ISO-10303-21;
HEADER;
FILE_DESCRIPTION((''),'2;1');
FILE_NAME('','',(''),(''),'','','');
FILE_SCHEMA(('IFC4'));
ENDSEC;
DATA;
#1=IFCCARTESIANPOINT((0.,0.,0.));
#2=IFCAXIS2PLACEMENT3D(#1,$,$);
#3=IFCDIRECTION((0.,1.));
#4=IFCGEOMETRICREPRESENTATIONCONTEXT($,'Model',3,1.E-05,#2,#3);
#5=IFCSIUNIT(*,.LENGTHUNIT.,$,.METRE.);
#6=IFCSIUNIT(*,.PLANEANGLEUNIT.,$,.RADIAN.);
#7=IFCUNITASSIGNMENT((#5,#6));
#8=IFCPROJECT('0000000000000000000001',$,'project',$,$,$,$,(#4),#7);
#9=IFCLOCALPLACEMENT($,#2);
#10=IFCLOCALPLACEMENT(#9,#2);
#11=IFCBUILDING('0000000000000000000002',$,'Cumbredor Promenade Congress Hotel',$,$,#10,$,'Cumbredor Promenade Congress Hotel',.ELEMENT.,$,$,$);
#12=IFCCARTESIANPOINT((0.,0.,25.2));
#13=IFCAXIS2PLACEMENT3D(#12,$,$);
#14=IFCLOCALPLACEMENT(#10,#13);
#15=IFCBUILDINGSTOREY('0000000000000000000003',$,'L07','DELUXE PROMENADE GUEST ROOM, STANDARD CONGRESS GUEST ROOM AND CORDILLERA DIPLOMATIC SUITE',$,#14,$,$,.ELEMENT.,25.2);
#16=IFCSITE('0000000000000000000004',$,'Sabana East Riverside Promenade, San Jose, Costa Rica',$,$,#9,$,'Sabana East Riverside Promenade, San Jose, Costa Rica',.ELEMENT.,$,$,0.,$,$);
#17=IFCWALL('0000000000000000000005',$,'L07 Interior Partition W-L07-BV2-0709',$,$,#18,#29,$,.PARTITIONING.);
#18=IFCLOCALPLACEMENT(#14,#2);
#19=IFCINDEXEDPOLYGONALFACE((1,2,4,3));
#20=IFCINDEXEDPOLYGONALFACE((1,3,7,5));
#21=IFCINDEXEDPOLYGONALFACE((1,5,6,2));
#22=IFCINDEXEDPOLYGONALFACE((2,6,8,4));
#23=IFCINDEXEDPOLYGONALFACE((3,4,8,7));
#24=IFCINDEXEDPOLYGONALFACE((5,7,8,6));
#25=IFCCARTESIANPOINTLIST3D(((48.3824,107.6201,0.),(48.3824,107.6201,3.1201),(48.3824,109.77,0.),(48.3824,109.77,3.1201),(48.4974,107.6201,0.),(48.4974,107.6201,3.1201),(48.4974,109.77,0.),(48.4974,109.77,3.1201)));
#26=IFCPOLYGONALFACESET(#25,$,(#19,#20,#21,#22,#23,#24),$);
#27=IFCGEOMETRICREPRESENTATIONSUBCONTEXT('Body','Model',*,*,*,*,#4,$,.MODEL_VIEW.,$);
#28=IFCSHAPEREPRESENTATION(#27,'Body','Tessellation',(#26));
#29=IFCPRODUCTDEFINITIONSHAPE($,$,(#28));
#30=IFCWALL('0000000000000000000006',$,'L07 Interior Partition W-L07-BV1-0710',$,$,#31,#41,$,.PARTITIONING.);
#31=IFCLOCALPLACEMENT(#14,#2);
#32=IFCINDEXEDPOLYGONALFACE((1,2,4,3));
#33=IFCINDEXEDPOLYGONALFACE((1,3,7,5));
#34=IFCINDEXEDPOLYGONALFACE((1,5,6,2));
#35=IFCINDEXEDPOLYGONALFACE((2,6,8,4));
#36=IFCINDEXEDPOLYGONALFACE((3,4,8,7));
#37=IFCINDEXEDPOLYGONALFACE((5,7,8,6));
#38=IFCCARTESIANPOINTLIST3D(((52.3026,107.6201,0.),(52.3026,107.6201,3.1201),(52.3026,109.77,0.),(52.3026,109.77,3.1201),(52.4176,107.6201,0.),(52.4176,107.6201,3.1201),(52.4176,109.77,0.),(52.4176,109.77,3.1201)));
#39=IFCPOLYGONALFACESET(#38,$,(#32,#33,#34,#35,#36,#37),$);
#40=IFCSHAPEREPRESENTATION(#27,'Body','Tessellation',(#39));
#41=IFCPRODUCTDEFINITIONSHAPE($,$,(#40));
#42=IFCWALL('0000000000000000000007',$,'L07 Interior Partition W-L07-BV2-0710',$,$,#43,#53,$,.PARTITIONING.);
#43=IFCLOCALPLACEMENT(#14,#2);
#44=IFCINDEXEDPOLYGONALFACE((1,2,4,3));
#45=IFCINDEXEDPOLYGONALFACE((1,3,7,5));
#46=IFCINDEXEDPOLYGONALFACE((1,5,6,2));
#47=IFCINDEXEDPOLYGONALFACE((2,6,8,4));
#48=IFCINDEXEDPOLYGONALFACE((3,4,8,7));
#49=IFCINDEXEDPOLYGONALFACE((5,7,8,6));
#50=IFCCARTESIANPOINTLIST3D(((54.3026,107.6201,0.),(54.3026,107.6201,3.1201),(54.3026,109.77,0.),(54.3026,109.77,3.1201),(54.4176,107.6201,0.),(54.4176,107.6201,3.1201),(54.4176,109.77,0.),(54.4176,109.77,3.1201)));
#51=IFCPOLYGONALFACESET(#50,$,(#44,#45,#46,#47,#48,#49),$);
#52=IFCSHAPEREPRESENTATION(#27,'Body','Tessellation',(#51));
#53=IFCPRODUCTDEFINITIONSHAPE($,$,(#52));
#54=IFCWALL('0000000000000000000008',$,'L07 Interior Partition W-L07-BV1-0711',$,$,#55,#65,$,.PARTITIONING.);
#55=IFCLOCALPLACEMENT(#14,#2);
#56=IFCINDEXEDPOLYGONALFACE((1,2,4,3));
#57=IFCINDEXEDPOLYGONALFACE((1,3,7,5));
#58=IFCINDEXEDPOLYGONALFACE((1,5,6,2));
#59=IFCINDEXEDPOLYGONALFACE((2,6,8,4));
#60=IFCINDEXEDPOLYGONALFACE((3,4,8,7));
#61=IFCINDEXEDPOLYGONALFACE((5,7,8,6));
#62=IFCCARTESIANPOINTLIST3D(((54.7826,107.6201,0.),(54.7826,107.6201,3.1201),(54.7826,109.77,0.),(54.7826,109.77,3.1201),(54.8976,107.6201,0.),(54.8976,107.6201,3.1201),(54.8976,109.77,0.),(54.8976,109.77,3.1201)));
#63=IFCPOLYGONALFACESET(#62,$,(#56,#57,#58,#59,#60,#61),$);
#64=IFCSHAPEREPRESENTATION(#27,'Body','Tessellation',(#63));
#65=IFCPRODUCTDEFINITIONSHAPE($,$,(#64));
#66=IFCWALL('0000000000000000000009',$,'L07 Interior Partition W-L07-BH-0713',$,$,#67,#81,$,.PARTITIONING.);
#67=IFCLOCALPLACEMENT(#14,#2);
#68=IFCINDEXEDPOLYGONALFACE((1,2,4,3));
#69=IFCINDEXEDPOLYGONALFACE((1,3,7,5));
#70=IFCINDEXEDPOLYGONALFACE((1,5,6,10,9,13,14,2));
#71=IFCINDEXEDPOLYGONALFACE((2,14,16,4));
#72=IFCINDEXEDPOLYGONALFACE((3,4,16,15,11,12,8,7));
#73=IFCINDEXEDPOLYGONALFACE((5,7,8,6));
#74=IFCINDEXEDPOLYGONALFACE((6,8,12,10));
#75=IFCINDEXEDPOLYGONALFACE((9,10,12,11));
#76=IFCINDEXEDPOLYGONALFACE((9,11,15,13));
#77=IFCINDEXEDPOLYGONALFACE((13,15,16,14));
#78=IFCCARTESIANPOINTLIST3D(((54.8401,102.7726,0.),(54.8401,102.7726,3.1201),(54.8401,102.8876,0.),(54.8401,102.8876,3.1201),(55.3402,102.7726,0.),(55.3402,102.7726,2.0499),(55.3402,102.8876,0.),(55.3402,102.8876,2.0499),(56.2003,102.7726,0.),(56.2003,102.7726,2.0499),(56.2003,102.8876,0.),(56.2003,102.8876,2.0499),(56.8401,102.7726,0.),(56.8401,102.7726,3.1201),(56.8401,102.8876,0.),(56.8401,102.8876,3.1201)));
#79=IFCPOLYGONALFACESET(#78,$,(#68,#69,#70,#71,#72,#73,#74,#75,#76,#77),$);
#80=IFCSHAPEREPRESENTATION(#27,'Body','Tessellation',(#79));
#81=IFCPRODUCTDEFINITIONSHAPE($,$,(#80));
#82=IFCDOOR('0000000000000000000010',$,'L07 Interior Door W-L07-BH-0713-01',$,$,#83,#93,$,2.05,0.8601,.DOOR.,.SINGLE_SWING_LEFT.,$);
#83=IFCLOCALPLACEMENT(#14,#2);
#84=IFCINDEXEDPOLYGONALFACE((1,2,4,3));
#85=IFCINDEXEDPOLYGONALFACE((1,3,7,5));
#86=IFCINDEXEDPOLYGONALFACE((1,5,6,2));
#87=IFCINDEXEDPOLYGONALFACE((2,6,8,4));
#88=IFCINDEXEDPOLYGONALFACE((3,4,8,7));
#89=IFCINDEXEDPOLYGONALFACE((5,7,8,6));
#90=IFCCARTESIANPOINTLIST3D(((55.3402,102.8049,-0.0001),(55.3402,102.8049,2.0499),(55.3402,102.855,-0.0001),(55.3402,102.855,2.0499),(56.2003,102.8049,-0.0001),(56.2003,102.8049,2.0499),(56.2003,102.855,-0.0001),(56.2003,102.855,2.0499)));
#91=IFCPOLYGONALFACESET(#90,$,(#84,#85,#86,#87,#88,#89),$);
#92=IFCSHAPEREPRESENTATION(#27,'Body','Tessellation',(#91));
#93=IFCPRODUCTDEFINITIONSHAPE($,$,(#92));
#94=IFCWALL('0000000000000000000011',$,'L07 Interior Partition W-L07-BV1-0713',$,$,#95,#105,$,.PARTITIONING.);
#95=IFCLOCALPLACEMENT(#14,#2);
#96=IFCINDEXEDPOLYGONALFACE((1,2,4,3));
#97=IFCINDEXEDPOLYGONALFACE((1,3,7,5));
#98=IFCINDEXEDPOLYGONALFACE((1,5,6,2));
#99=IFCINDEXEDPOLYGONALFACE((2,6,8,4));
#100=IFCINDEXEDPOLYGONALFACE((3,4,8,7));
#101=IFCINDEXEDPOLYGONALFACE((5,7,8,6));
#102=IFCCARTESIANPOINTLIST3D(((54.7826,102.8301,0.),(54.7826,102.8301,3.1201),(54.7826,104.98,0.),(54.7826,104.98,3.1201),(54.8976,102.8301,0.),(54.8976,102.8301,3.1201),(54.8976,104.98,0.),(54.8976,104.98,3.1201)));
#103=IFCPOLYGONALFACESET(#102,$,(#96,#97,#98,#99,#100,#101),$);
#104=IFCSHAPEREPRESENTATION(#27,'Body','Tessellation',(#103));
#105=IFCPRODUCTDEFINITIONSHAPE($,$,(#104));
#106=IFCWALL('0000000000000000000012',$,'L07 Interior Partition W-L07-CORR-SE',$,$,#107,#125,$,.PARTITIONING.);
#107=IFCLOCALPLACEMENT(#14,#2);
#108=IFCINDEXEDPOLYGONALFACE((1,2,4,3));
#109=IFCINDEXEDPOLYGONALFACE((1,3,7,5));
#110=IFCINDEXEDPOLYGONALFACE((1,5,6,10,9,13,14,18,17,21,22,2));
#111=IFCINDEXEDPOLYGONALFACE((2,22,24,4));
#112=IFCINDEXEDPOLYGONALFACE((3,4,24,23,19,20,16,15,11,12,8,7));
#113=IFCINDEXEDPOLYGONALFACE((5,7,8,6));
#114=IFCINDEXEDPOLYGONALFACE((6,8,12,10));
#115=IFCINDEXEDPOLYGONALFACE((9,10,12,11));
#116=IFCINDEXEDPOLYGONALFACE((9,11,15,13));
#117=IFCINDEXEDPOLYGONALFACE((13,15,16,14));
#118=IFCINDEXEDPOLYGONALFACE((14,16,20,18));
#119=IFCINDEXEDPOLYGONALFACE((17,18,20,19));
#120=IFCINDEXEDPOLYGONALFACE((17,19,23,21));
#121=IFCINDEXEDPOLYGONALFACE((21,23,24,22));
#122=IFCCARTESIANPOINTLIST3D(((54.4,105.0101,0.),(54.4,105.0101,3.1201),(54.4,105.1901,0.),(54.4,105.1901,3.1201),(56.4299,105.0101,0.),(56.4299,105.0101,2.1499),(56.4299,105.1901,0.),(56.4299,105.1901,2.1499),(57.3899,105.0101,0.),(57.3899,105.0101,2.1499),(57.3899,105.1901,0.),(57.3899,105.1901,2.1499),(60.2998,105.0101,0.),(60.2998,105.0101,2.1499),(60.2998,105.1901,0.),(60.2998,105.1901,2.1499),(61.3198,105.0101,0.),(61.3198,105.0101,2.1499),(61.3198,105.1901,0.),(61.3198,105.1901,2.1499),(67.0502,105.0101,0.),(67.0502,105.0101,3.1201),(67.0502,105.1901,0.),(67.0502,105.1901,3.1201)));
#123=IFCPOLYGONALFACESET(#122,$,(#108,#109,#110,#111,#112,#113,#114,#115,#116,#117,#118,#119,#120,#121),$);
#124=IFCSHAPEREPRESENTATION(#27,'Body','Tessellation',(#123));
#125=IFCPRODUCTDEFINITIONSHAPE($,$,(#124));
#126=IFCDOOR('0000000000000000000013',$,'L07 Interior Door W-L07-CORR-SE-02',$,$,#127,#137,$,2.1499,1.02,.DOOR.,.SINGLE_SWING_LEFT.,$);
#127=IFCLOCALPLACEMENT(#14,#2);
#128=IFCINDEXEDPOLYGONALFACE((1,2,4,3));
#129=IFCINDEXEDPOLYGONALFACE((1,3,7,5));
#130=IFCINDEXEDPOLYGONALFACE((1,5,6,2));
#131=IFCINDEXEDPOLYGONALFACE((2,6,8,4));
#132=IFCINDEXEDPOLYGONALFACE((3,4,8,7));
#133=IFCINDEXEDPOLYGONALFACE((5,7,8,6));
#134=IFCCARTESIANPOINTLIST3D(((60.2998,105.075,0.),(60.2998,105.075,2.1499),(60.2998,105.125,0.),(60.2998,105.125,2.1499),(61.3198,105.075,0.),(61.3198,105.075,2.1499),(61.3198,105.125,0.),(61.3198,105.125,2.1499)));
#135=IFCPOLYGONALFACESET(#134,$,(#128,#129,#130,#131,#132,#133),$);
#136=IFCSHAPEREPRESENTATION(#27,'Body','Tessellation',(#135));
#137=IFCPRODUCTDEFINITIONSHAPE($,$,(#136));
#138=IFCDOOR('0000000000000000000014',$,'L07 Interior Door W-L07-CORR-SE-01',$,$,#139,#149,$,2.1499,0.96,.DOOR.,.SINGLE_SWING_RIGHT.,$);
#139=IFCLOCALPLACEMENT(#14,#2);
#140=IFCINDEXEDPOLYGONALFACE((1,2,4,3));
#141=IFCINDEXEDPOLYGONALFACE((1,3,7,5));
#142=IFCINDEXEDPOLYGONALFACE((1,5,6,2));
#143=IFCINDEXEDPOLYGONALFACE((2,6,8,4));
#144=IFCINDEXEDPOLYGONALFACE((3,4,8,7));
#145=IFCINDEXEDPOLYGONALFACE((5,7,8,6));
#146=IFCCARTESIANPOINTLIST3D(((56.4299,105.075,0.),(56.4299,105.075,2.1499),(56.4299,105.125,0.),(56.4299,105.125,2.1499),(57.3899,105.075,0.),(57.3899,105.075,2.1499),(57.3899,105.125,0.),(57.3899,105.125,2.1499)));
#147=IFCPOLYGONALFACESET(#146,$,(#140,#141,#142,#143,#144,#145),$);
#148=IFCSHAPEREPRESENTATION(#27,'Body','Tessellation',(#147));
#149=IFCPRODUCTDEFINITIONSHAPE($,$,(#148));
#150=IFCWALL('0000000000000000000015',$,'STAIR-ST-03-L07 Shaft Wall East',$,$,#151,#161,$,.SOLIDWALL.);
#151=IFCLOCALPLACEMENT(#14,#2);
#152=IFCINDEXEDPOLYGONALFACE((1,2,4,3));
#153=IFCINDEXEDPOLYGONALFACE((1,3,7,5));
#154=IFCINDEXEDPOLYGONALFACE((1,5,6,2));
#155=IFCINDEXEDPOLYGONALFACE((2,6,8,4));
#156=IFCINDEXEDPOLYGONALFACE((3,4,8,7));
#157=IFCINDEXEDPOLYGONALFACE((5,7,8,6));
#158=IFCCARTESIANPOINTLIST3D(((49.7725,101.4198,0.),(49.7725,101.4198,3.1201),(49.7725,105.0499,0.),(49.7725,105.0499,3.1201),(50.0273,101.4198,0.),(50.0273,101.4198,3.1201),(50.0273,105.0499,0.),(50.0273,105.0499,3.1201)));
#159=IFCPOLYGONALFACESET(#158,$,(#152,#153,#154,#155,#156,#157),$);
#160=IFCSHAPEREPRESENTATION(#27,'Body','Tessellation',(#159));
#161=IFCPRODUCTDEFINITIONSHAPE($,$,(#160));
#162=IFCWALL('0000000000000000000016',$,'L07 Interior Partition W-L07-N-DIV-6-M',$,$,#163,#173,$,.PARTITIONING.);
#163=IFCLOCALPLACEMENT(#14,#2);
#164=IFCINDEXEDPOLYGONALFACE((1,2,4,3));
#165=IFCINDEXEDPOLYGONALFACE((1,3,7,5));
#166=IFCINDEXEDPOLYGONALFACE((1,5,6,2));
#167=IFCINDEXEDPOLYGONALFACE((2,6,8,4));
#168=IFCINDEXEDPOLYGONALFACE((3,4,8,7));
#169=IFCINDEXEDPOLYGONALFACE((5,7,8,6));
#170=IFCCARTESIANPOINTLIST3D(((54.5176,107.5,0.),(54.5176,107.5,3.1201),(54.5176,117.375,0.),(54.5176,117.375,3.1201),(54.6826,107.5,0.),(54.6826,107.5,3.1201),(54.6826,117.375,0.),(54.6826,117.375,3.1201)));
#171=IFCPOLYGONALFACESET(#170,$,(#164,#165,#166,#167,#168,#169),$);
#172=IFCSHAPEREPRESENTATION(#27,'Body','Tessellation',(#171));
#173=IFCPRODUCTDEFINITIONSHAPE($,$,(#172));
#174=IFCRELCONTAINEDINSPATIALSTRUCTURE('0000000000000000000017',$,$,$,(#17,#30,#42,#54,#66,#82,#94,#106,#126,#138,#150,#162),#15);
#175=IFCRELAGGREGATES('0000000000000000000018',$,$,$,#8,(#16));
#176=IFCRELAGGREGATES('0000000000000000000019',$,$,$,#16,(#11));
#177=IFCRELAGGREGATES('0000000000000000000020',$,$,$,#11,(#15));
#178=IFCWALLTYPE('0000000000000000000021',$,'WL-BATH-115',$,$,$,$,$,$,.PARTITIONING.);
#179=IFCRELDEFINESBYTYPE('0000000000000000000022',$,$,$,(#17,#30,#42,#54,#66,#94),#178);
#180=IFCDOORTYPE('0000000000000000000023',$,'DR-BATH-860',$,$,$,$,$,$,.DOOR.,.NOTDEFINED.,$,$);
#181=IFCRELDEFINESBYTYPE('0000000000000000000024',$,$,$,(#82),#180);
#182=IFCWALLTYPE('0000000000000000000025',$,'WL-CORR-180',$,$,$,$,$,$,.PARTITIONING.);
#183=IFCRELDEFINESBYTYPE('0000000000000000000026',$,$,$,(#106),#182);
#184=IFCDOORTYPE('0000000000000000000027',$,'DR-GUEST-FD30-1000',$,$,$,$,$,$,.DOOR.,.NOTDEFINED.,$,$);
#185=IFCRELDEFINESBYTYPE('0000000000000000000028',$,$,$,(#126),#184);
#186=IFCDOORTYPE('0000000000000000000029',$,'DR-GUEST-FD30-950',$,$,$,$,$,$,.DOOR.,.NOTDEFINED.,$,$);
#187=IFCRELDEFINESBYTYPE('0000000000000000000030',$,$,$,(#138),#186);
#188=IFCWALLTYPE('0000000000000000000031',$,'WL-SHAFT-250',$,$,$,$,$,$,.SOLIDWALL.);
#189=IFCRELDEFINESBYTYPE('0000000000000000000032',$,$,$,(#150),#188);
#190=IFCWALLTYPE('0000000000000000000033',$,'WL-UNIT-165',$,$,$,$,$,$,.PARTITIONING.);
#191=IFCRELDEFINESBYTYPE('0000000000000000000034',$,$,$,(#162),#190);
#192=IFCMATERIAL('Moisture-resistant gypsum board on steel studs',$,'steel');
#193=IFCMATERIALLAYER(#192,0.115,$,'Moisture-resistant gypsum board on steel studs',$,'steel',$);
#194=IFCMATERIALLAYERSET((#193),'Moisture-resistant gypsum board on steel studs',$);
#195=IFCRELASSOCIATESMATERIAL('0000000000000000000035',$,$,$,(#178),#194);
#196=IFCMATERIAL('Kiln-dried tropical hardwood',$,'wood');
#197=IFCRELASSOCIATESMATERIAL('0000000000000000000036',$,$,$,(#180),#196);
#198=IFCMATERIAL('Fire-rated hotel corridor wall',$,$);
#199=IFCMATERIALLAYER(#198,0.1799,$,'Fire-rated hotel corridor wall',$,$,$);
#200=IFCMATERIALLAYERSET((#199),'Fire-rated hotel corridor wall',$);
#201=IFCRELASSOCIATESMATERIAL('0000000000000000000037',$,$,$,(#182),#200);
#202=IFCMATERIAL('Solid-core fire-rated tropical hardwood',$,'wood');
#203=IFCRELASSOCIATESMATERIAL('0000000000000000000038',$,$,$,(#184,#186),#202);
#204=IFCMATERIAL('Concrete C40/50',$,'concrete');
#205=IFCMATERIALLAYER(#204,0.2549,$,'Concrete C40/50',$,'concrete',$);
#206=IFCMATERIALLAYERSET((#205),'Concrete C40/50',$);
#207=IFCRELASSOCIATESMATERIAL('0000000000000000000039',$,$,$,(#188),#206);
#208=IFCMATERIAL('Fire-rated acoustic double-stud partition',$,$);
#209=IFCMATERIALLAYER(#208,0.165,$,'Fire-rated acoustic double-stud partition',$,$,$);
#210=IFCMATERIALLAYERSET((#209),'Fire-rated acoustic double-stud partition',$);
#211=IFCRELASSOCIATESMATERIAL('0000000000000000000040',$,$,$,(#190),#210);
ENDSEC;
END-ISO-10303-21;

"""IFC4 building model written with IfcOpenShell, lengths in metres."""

from ifc_helpers import new_model, si_unit, direction, frame, frame_2d, origin, place, context, subcontext, project, spatial, rectangle, extrude, material, layer, layer_set, type_object, element, fill, save


model = new_model("IFC4")

# Units and contexts
model_context = context("Model", 3, precision=1e-05, world=origin(), true_north=direction((0.0, 1.0)))
body_context = subcontext(model_context, "Body", "Model", "MODEL_VIEW")
ifc_project = project(units=[si_unit("LENGTHUNIT", "METRE"), si_unit("PLANEANGLEUNIT", "RADIAN")], contexts=[model_context])

# Site, building, storey
site_placement = place(None, origin())
site = spatial("IfcSite", under=ifc_project, at=site_placement, Name="Sabana East Riverside Promenade, San Jose, Costa Rica", LongName="Sabana East Riverside Promenade, San Jose, Costa Rica", CompositionType="ELEMENT", RefElevation=0.0)
building_placement = place(site_placement, origin())
building = spatial("IfcBuilding", under=site, at=building_placement, Name="Cumbredor Promenade Congress Hotel", LongName="Cumbredor Promenade Congress Hotel", CompositionType="ELEMENT")
storey_placement = place(building_placement, frame((0.0, 0.0, 25.2)))
storey = spatial("IfcBuildingStorey", under=building, at=storey_placement, Name="L07", Description="DELUXE PROMENADE GUEST ROOM, STANDARD CONGRESS GUEST ROOM AND CORDILLERA DIPLOMATIC SUITE", CompositionType="ELEMENT", Elevation=25.2)

# Walls
ifc_material_1 = material(Name="Moisture-resistant gypsum board on steel studs", Category="steel")
ifc_layer_1 = layer(ifc_material_1, 0.115, Name="Moisture-resistant gypsum board on steel studs", Category="steel")
ifc_layer_set_1 = layer_set([ifc_layer_1], Name="Moisture-resistant gypsum board on steel studs")
wall_type_1 = type_object("IfcWallType", Name="WL-BATH-115", PredefinedType="PARTITIONING", material=ifc_layer_set_1)
for number, where, z_axis, x_axis, name in (
    (1, (48.4399, 107.6201, 0.0), (0.0, 0.0, 1.0), (0.0, 1.0, 0.0), "L07 Interior Partition W-L07-BV2-0709"),
    (2, (52.3601, 107.6201, 0.0), (0.0, 0.0, 1.0), (0.0, 1.0, 0.0), "L07 Interior Partition W-L07-BV1-0710"),
    (3, (54.3601, 107.6201, 0.0), (0.0, 0.0, 1.0), (0.0, 1.0, 0.0), "L07 Interior Partition W-L07-BV2-0710"),
    (4, (54.8401, 107.6201, 0.0), (0.0, 0.0, 1.0), (0.0, 1.0, 0.0), "L07 Interior Partition W-L07-BV1-0711"),
):
    element("IfcWall", number, at=place(storey_placement, frame(where, z_axis=z_axis, x_axis=x_axis)), inside=storey, type_object=wall_type_1, Name=name, PredefinedType="PARTITIONING", context=body_context, shape_type="SweptSolid", body=[
        extrude(rectangle(XDim=2.1499, YDim=0.115, at=frame_2d((1.075, 0.0))), origin(), (0.0, 0.0, 1.0), 3.1201),
    ])

# Wall, opening, door
wall_1_placement = place(storey_placement, frame((54.8401, 102.8301, 0.0), z_axis=(0.0, 0.0, 1.0), x_axis=(1.0, 0.0, 0.0)))
wall_1 = element("IfcWall", 5, at=wall_1_placement, inside=storey, type_object=wall_type_1, Name="L07 Interior Partition W-L07-BH-0713", PredefinedType="PARTITIONING", context=body_context, shape_type="SweptSolid", body=[
    extrude(rectangle(XDim=2.0, YDim=0.115, at=frame_2d((1.0, 0.0))), origin(), (0.0, 0.0, 1.0), 3.1201),
])
opening_1_placement = place(wall_1_placement, frame((0.5, 0.0, 0.0)))
opening_1 = element("IfcOpeningElement", 6, at=opening_1_placement, cuts=wall_1, PredefinedType="OPENING", context=body_context, shape_type="SweptSolid", body=[
    extrude(rectangle(XDim=0.8601, YDim=2.05, at=frame_2d((0.4302, 1.0249))), frame((0.0, 0.0674, 0.0), z_axis=(0.0, -1.0, 0.0), x_axis=(1.0, 0.0, 0.0)), (0.0, 0.0, 1.0), 0.135),
])
ifc_material_2 = material(Name="Kiln-dried tropical hardwood", Category="wood")
door_type_1 = type_object("IfcDoorType", Name="DR-BATH-860", OperationType="NOTDEFINED", PredefinedType="DOOR", material=ifc_material_2)
door_1_placement = place(opening_1_placement, origin())
door_1 = element("IfcDoor", 7, at=door_1_placement, inside=storey, type_object=door_type_1, Name="L07 Interior Door W-L07-BH-0713-01", OperationType="SINGLE_SWING_LEFT", OverallHeight=2.05, OverallWidth=0.8601, PredefinedType="DOOR", context=body_context, shape_type="SweptSolid", body=[
    extrude(rectangle(XDim=0.8601, YDim=2.05, at=frame_2d((0.4302, 1.0249))), frame((0.0, 0.0249, 0.0), z_axis=(0.0, -1.0, 0.0), x_axis=(1.0, 0.0, 0.0)), (0.0, 0.0, 1.0), 0.05),
])
fill(opening_1, door_1)

# Wall
wall_2_placement = place(storey_placement, frame((54.8401, 102.8301, 0.0), z_axis=(0.0, 0.0, 1.0), x_axis=(0.0, 1.0, 0.0)))
element("IfcWall", 8, at=wall_2_placement, inside=storey, type_object=wall_type_1, Name="L07 Interior Partition W-L07-BV1-0713", PredefinedType="PARTITIONING", context=body_context, shape_type="SweptSolid", body=[
    extrude(rectangle(XDim=2.1499, YDim=0.115, at=frame_2d((1.075, 0.0))), origin(), (0.0, 0.0, 1.0), 3.1201),
])

# Wall, openings, doors
ifc_material_3 = material(Name="Fire-rated hotel corridor wall")
ifc_layer_2 = layer(ifc_material_3, 0.1799, Name="Fire-rated hotel corridor wall")
ifc_layer_set_2 = layer_set([ifc_layer_2], Name="Fire-rated hotel corridor wall")
wall_type_2 = type_object("IfcWallType", Name="WL-CORR-180", PredefinedType="PARTITIONING", material=ifc_layer_set_2)
wall_3_placement = place(storey_placement, frame((54.3999, 105.1001, 0.0), z_axis=(0.0, 0.0, 1.0), x_axis=(1.0, 0.0, 0.0)))
wall_3 = element("IfcWall", 9, at=wall_3_placement, inside=storey, type_object=wall_type_2, Name="L07 Interior Partition W-L07-CORR-SE", PredefinedType="PARTITIONING", context=body_context, shape_type="SweptSolid", body=[
    extrude(rectangle(XDim=12.6501, YDim=0.1799, at=frame_2d((6.3252, 0.0))), origin(), (0.0, 0.0, 1.0), 3.1201),
])
opening_2_placement = place(wall_3_placement, frame((2.03, 0.0, 0.0)))
opening_2 = element("IfcOpeningElement", 10, at=opening_2_placement, cuts=wall_3, PredefinedType="OPENING", context=body_context, shape_type="SweptSolid", body=[
    extrude(rectangle(XDim=0.96, YDim=2.1499, at=frame_2d((0.48, 1.075))), frame((0.0, 0.1001, 0.0), z_axis=(0.0, -1.0, 0.0), x_axis=(1.0, 0.0, 0.0)), (0.0, 0.0, 1.0), 0.2),
])
opening_3_placement = place(wall_3_placement, frame((5.8999, 0.0, 0.0)))
opening_3 = element("IfcOpeningElement", 11, at=opening_3_placement, cuts=wall_3, PredefinedType="OPENING", context=body_context, shape_type="SweptSolid", body=[
    extrude(rectangle(XDim=1.02, YDim=2.1499, at=frame_2d((0.51, 1.075))), frame((0.0, 0.1001, 0.0), z_axis=(0.0, -1.0, 0.0), x_axis=(1.0, 0.0, 0.0)), (0.0, 0.0, 1.0), 0.2),
])
ifc_material_4 = material(Name="Solid-core fire-rated tropical hardwood", Category="wood")
door_type_2 = type_object("IfcDoorType", Name="DR-GUEST-FD30-1000", OperationType="NOTDEFINED", PredefinedType="DOOR", material=ifc_material_4)
door_2_placement = place(opening_3_placement, origin())
door_2 = element("IfcDoor", 12, at=door_2_placement, inside=storey, type_object=door_type_2, Name="L07 Interior Door W-L07-CORR-SE-02", OperationType="SINGLE_SWING_LEFT", OverallHeight=2.1499, OverallWidth=1.02, PredefinedType="DOOR", context=body_context, shape_type="SweptSolid", body=[
    extrude(rectangle(XDim=1.02, YDim=2.1499, at=frame_2d((0.51, 1.075))), frame((0.0, 0.0249, 0.0), z_axis=(0.0, -1.0, 0.0), x_axis=(1.0, 0.0, 0.0)), (0.0, 0.0, 1.0), 0.05),
])
fill(opening_3, door_2)
door_type_3 = type_object("IfcDoorType", Name="DR-GUEST-FD30-950", OperationType="NOTDEFINED", PredefinedType="DOOR", material=ifc_material_4)
door_3_placement = place(opening_2_placement, origin())
door_3 = element("IfcDoor", 13, at=door_3_placement, inside=storey, type_object=door_type_3, Name="L07 Interior Door W-L07-CORR-SE-01", OperationType="SINGLE_SWING_RIGHT", OverallHeight=2.1499, OverallWidth=0.96, PredefinedType="DOOR", context=body_context, shape_type="SweptSolid", body=[
    extrude(rectangle(XDim=0.96, YDim=2.1499, at=frame_2d((0.48, 1.075))), frame((0.0, 0.0249, 0.0), z_axis=(0.0, -1.0, 0.0), x_axis=(1.0, 0.0, 0.0)), (0.0, 0.0, 1.0), 0.05),
])
fill(opening_2, door_3)

# Walls
ifc_material_5 = material(Name="Concrete C40/50", Category="concrete")
ifc_layer_3 = layer(ifc_material_5, 0.2549, Name="Concrete C40/50", Category="concrete")
ifc_layer_set_3 = layer_set([ifc_layer_3], Name="Concrete C40/50")
wall_type_3 = type_object("IfcWallType", Name="WL-SHAFT-250", PredefinedType="SOLIDWALL", material=ifc_layer_set_3)
wall_4_placement = place(storey_placement, frame((49.8999, 101.4199, 0.0), z_axis=(0.0, 0.0, 1.0), x_axis=(0.0, 1.0, 0.0)))
element("IfcWall", 14, at=wall_4_placement, inside=storey, type_object=wall_type_3, Name="STAIR-ST-03-L07 Shaft Wall East", PredefinedType="SOLIDWALL", context=body_context, shape_type="SweptSolid", body=[
    extrude(rectangle(XDim=3.6301, YDim=0.2549, at=frame_2d((1.8149, 0.0))), origin(), (0.0, 0.0, 1.0), 3.1201),
])
ifc_material_6 = material(Name="Fire-rated acoustic double-stud partition")
ifc_layer_4 = layer(ifc_material_6, 0.165, Name="Fire-rated acoustic double-stud partition")
ifc_layer_set_4 = layer_set([ifc_layer_4], Name="Fire-rated acoustic double-stud partition")
wall_type_4 = type_object("IfcWallType", Name="WL-UNIT-165", PredefinedType="PARTITIONING", material=ifc_layer_set_4)
wall_5_placement = place(storey_placement, frame((54.6001, 107.5, 0.0), z_axis=(0.0, 0.0, 1.0), x_axis=(0.0, 1.0, 0.0)))
element("IfcWall", 15, at=wall_5_placement, inside=storey, type_object=wall_type_4, Name="L07 Interior Partition W-L07-N-DIV-6-M", PredefinedType="PARTITIONING", context=body_context, shape_type="SweptSolid", body=[
    extrude(rectangle(XDim=9.875, YDim=0.165, at=frame_2d((4.9375, 0.0))), origin(), (0.0, 0.0, 1.0), 3.1201),
])

save(model, "model.ifc")
